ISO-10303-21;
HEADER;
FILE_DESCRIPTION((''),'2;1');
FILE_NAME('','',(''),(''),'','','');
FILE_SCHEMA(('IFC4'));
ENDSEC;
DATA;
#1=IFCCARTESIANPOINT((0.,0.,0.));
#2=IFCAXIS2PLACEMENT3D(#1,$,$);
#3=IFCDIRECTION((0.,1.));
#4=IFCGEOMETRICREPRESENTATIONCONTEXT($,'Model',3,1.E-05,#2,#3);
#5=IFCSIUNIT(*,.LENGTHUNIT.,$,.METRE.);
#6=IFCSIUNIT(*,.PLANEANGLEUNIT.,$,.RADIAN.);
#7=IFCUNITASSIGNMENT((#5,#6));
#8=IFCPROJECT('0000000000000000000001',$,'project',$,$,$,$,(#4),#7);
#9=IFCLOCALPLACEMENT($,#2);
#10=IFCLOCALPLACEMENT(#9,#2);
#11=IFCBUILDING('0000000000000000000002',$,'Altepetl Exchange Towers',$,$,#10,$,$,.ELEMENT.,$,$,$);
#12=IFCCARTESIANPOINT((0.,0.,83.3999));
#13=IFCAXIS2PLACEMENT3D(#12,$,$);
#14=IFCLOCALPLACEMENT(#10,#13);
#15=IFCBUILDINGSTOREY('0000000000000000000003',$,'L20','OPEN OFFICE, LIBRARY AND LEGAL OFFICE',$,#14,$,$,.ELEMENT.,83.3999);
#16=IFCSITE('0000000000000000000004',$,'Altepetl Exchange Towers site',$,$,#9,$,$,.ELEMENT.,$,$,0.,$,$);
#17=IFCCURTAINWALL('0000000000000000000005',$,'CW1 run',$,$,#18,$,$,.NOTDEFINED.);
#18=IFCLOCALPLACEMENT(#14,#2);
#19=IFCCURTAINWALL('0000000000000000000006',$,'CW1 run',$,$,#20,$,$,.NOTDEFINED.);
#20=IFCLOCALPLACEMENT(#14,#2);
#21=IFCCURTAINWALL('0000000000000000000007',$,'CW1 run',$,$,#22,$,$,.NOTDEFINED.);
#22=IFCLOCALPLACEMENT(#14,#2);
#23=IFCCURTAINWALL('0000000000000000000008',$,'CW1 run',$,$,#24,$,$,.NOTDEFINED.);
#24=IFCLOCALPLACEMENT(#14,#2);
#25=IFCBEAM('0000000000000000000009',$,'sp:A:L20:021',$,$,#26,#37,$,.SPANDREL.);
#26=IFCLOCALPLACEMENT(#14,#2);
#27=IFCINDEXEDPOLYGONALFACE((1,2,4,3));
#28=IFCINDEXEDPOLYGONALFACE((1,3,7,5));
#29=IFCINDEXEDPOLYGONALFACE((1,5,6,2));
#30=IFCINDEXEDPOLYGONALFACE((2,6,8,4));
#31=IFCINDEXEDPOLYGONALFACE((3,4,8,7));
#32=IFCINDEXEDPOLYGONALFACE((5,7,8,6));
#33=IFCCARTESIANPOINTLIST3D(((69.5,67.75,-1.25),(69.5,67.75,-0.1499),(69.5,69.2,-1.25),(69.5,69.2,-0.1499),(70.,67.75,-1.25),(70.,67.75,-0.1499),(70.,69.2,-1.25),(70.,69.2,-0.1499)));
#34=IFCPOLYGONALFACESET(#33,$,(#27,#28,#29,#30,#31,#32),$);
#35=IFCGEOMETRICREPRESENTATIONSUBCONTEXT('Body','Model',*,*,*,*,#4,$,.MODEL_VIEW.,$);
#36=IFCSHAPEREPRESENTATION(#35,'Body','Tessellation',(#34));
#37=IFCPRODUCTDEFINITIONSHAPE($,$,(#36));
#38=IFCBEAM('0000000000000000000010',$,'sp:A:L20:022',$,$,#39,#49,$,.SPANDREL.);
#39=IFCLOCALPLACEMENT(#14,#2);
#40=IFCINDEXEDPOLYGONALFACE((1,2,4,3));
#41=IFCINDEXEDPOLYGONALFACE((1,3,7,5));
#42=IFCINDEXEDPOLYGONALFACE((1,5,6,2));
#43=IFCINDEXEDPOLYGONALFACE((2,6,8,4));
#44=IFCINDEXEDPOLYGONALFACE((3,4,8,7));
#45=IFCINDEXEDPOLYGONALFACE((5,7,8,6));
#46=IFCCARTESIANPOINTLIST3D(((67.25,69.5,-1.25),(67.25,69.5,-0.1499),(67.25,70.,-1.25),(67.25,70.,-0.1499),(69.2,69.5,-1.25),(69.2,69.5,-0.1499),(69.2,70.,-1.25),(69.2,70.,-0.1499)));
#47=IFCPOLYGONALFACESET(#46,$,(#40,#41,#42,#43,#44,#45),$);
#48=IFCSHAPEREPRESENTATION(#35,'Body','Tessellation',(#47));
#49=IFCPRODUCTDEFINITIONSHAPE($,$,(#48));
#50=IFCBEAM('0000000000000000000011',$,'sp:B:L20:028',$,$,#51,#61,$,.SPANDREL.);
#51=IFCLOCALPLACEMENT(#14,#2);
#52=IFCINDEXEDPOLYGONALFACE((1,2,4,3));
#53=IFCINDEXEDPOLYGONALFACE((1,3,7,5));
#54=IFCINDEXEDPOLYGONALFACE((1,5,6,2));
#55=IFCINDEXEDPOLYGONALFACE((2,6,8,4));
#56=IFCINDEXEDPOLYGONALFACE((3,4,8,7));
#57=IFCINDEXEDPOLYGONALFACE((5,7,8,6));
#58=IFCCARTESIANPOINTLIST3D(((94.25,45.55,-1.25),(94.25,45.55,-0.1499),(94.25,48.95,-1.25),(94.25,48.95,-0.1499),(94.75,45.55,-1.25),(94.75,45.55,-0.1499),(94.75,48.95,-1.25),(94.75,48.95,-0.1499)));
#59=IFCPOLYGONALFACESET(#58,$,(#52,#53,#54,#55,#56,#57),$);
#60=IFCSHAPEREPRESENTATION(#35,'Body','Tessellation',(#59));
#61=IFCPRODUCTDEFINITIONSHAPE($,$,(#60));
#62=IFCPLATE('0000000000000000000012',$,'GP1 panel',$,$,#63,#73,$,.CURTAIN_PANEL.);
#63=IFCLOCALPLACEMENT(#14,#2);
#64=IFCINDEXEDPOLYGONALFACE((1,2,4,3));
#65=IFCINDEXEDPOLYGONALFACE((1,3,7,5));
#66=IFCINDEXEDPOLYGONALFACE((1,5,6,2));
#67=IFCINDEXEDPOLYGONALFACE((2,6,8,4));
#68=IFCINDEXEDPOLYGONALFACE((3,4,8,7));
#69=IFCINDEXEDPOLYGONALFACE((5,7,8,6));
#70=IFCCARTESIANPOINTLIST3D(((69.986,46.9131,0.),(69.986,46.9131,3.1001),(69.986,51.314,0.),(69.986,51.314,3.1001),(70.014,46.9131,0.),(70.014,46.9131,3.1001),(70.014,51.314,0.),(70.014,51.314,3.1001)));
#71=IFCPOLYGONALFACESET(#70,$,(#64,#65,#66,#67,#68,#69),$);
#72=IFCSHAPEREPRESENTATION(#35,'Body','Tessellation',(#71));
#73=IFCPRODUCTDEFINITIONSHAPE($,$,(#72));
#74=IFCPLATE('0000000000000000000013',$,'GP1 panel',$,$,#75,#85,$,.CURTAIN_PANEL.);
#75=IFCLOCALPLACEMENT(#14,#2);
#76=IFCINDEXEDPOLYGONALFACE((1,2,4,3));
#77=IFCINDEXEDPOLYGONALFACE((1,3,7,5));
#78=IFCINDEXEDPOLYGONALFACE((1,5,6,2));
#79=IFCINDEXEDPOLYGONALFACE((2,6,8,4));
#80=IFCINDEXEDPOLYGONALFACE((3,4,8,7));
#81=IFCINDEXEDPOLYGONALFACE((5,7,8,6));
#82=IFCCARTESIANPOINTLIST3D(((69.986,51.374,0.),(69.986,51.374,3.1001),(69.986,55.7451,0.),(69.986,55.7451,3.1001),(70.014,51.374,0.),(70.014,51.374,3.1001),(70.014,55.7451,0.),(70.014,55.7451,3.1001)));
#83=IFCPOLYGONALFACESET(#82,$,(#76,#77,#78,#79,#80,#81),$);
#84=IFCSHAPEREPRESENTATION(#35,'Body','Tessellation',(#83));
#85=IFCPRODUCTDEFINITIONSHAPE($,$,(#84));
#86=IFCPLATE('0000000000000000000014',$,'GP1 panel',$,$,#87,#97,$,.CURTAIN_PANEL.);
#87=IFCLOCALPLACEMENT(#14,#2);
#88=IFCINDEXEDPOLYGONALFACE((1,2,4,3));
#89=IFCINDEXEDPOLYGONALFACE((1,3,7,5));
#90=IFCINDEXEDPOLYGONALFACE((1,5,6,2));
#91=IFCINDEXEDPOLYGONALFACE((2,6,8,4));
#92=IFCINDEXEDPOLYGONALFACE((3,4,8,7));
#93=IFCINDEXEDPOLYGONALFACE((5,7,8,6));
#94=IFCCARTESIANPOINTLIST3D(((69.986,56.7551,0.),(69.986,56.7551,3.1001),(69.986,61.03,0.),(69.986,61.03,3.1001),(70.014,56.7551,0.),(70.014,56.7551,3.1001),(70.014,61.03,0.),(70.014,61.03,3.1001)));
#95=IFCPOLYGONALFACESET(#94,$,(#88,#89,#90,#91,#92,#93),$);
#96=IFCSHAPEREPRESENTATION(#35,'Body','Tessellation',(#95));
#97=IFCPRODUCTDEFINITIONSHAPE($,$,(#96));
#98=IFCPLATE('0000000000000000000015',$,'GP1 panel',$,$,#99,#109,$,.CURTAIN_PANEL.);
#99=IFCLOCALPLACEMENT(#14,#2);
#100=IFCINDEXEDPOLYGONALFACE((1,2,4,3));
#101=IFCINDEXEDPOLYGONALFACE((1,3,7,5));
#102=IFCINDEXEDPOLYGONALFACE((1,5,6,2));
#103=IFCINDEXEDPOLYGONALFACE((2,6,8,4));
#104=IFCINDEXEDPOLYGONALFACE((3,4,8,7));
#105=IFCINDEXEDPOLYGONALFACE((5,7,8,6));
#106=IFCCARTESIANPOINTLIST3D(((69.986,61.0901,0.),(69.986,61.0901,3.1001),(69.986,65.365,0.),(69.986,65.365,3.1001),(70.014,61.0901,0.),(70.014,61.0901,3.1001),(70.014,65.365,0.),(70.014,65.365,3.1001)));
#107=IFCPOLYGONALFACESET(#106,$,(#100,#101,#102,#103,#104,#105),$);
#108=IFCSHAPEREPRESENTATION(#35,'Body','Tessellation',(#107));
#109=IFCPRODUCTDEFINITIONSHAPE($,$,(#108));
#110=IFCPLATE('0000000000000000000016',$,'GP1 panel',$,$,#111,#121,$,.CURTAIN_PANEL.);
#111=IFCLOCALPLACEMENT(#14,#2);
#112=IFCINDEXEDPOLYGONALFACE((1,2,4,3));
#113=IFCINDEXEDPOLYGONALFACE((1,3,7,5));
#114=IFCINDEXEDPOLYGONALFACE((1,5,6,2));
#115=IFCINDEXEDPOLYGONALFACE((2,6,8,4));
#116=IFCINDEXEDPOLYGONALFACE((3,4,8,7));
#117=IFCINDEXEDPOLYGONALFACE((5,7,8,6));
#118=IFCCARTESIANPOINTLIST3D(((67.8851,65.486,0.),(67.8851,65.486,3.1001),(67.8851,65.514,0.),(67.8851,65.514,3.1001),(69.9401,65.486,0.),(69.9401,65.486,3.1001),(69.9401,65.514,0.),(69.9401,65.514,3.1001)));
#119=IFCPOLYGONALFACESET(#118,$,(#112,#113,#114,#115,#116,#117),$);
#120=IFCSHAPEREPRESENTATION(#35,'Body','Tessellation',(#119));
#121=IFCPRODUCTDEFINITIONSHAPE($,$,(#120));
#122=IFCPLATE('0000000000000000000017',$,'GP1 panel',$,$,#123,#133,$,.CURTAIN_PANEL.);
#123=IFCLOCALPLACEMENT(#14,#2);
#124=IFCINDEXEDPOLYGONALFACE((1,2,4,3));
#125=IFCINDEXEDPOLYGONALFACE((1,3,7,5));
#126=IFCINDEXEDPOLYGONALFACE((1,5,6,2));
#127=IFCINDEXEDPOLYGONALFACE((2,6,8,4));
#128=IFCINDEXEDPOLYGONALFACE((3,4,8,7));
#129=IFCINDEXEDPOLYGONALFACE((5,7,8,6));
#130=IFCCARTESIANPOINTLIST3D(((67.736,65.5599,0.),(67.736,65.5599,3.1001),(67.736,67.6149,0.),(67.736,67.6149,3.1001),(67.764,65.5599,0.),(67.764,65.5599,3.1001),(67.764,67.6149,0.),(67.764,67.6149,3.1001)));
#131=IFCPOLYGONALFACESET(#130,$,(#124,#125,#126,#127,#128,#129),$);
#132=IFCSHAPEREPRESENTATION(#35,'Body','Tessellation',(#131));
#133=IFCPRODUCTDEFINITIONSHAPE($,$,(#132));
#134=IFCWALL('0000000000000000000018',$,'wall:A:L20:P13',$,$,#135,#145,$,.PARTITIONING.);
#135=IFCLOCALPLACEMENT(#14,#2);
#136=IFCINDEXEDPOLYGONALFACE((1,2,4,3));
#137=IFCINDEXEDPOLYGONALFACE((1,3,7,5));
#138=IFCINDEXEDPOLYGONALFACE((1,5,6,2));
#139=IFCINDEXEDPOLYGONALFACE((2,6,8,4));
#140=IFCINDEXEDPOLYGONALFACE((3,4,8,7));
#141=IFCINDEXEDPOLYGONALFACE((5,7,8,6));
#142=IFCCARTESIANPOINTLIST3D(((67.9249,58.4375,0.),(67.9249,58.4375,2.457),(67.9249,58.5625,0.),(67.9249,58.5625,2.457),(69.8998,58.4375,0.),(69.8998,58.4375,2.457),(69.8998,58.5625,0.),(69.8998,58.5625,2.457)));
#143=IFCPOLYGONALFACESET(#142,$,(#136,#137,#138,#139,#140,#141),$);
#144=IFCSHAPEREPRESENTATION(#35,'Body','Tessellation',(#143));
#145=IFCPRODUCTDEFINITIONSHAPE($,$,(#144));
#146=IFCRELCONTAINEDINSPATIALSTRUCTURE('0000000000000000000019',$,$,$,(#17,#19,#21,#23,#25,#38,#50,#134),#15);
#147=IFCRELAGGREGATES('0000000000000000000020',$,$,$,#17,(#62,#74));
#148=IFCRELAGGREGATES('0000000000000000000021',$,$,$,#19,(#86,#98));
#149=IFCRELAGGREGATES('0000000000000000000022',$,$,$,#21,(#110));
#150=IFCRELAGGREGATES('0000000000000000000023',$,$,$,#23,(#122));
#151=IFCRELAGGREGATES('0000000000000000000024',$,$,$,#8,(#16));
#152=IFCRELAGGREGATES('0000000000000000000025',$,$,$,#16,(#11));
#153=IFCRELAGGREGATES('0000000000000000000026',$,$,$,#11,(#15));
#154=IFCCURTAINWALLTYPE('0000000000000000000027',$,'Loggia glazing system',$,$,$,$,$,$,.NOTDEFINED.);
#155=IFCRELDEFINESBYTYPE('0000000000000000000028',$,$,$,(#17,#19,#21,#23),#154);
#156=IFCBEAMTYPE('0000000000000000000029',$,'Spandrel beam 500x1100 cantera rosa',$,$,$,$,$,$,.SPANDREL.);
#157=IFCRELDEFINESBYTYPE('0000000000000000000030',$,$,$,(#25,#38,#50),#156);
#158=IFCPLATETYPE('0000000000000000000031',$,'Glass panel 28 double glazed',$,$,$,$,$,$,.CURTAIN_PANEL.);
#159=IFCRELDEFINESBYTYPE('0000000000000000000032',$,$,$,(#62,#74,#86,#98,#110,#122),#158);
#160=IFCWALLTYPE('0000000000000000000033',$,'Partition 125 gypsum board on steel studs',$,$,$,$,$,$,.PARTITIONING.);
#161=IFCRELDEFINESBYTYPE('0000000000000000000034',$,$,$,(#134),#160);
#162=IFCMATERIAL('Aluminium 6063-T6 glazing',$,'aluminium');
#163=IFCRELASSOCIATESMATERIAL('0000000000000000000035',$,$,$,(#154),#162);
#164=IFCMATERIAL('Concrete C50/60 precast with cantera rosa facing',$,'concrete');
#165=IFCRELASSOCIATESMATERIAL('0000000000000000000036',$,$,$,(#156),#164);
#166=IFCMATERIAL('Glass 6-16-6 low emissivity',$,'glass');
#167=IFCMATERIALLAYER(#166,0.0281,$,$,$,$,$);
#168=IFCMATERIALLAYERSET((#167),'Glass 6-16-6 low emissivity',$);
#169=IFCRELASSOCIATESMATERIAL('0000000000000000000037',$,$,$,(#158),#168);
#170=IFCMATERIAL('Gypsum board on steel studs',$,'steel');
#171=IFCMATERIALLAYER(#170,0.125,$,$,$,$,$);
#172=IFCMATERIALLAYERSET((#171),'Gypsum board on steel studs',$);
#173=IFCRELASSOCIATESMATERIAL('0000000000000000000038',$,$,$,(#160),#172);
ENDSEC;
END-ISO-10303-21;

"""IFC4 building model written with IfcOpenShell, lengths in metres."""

from ifc_helpers import new_model, si_unit, direction, frame, frame_2d, origin, origin_2d, place, context, subcontext, project, spatial, rectangle, extrude, material, layer, layer_set, material_profile, profile_set, type_object, element, aggregate, save


model = new_model("IFC4")

# Units and contexts
model_context = context("Model", 3, precision=1e-05, world=origin(), true_north=direction((0.0, 1.0)))
body_context = subcontext(model_context, "Body", "Model", "MODEL_VIEW")
ifc_project = project(units=[si_unit("LENGTHUNIT", "METRE"), si_unit("PLANEANGLEUNIT", "RADIAN")], contexts=[model_context])

# Site, building, storey
site_placement = place(None, origin())
site = spatial("IfcSite", under=ifc_project, at=site_placement, Name="Altepetl Exchange Towers site", CompositionType="ELEMENT", RefElevation=0.0)
building_placement = place(site_placement, origin())
building = spatial("IfcBuilding", under=site, at=building_placement, Name="Altepetl Exchange Towers", CompositionType="ELEMENT")
storey_placement = place(building_placement, frame((0.0, 0.0, 83.3999)))
storey = spatial("IfcBuildingStorey", under=building, at=storey_placement, Name="L20", Description="OPEN OFFICE, LIBRARY AND LEGAL OFFICE", CompositionType="ELEMENT", Elevation=83.3999)

# Curtain walls
ifc_material_1 = material(Name="Aluminium 6063-T6 glazing", Category="aluminium")
curtain_wall_type = type_object("IfcCurtainWallType", Name="Loggia glazing system", PredefinedType="NOTDEFINED", material=ifc_material_1)
curtain_wall_1_placement = place(storey_placement, origin())
curtain_wall_1 = element("IfcCurtainWall", 1, at=curtain_wall_1_placement, inside=storey, type_object=curtain_wall_type, Name="CW1 run", PredefinedType="NOTDEFINED")
curtain_wall_2_placement = place(storey_placement, origin())
curtain_wall_2 = element("IfcCurtainWall", 2, at=curtain_wall_2_placement, inside=storey, type_object=curtain_wall_type, Name="CW1 run", PredefinedType="NOTDEFINED")
curtain_wall_3_placement = place(storey_placement, origin())
curtain_wall_3 = element("IfcCurtainWall", 3, at=curtain_wall_3_placement, inside=storey, type_object=curtain_wall_type, Name="CW1 run", PredefinedType="NOTDEFINED")
curtain_wall_4_placement = place(storey_placement, origin())
curtain_wall_4 = element("IfcCurtainWall", 4, at=curtain_wall_4_placement, inside=storey, type_object=curtain_wall_type, Name="CW1 run", PredefinedType="NOTDEFINED")

# Beams
ifc_material_2 = material(Name="Concrete C50/60 precast with cantera rosa facing", Category="concrete")
ifc_material_profile_1 = material_profile(ifc_material_2, rectangle(XDim=0.5, YDim=1.1001, at=origin_2d()), Name="500 x 1100")
ifc_profile_set_1 = profile_set([ifc_material_profile_1], Name="Concrete C50/60 precast with cantera rosa facing")
beam_type_1 = type_object("IfcBeamType", Name="Spandrel beam 500x1100 cantera rosa", PredefinedType="SPANDREL", material=ifc_profile_set_1)
beam_1_placement = place(storey_placement, frame((69.75, 67.75, -0.7), z_axis=(0.0, 1.0, 0.0), x_axis=(-1.0, 0.0, 0.0)))
element("IfcBeam", 5, at=beam_1_placement, inside=storey, type_object=beam_type_1, Name="sp:A:L20:021", PredefinedType="SPANDREL", context=body_context, shape_type="SweptSolid", body=[
    extrude(rectangle(XDim=0.5, YDim=1.1001, at=origin_2d()), origin(), (0.0, 0.0, 1.0), 1.45),
])
beam_2_placement = place(storey_placement, frame((69.2, 69.75, -0.7), z_axis=(-1.0, 0.0, 0.0), x_axis=(0.0, -1.0, 0.0)))
element("IfcBeam", 6, at=beam_2_placement, inside=storey, type_object=beam_type_1, Name="sp:A:L20:022", PredefinedType="SPANDREL", context=body_context, shape_type="SweptSolid", body=[
    extrude(rectangle(XDim=0.5, YDim=1.1001, at=origin_2d()), origin(), (0.0, 0.0, 1.0), 1.95),
])
beam_3_placement = place(storey_placement, frame((94.5, 48.95, -0.7), z_axis=(0.0, -1.0, 0.0), x_axis=(1.0, 0.0, 0.0)))
element("IfcBeam", 7, at=beam_3_placement, inside=storey, type_object=beam_type_1, Name="sp:B:L20:028", PredefinedType="SPANDREL", context=body_context, shape_type="SweptSolid", body=[
    extrude(rectangle(XDim=0.5, YDim=1.1001, at=origin_2d()), origin(), (0.0, 0.0, 1.0), 3.3999),
])

# Plates
ifc_material_3 = material(Name="Glass 6-16-6 low emissivity", Category="glass")
ifc_layer_1 = layer(ifc_material_3, 0.0281)
ifc_layer_set_1 = layer_set([ifc_layer_1], Name="Glass 6-16-6 low emissivity")
plate_type = type_object("IfcPlateType", Name="Glass panel 28 double glazed", PredefinedType="CURTAIN_PANEL", material=ifc_layer_set_1)
plate_1_placement = place(storey_placement, frame((70.0, 49.1135, 0.0), z_axis=(0.0, 0.0, 1.0), x_axis=(0.0, 1.0, 0.0)))
plate_1 = element("IfcPlate", 8, at=plate_1_placement, type_object=plate_type, Name="GP1 panel", PredefinedType="CURTAIN_PANEL", context=body_context, shape_type="SweptSolid", body=[
    extrude(rectangle(XDim=4.4009, YDim=0.0281, at=origin_2d()), origin(), (0.0, 0.0, 1.0), 3.1001),
])
plate_2_placement = place(storey_placement, frame((70.0, 53.5596, 0.0), z_axis=(0.0, 0.0, 1.0), x_axis=(0.0, 1.0, 0.0)))
plate_2 = element("IfcPlate", 9, at=plate_2_placement, type_object=plate_type, Name="GP1 panel", PredefinedType="CURTAIN_PANEL", context=body_context, shape_type="SweptSolid", body=[
    extrude(rectangle(XDim=4.3711, YDim=0.0281, at=origin_2d()), origin(), (0.0, 0.0, 1.0), 3.1001),
])
aggregate(curtain_wall_1, [plate_1, plate_2])
plate_3_placement = place(storey_placement, frame((70.0, 58.8926, 0.0), z_axis=(0.0, 0.0, 1.0), x_axis=(0.0, 1.0, 0.0)))
plate_3 = element("IfcPlate", 10, at=plate_3_placement, type_object=plate_type, Name="GP1 panel", PredefinedType="CURTAIN_PANEL", context=body_context, shape_type="SweptSolid", body=[
    extrude(rectangle(XDim=4.2749, YDim=0.0281, at=origin_2d()), origin(), (0.0, 0.0, 1.0), 3.1001),
])
plate_4_placement = place(storey_placement, frame((70.0, 63.2275, 0.0), z_axis=(0.0, 0.0, 1.0), x_axis=(0.0, 1.0, 0.0)))
plate_4 = element("IfcPlate", 11, at=plate_4_placement, type_object=plate_type, Name="GP1 panel", PredefinedType="CURTAIN_PANEL", context=body_context, shape_type="SweptSolid", body=[
    extrude(rectangle(XDim=4.2749, YDim=0.0281, at=origin_2d()), origin(), (0.0, 0.0, 1.0), 3.1001),
])
aggregate(curtain_wall_2, [plate_3, plate_4])
plate_5_placement = place(storey_placement, frame((68.9126, 65.5, 0.0), z_axis=(0.0, 0.0, 1.0), x_axis=(-1.0, 0.0, 0.0)))
plate_5 = element("IfcPlate", 12, at=plate_5_placement, type_object=plate_type, Name="GP1 panel", PredefinedType="CURTAIN_PANEL", context=body_context, shape_type="SweptSolid", body=[
    extrude(rectangle(XDim=2.0549, YDim=0.0281, at=origin_2d()), origin(), (0.0, 0.0, 1.0), 3.1001),
])
aggregate(curtain_wall_3, [plate_5])
plate_6_placement = place(storey_placement, frame((67.75, 66.5874, 0.0), z_axis=(0.0, 0.0, 1.0), x_axis=(0.0, 1.0, 0.0)))
plate_6 = element("IfcPlate", 13, at=plate_6_placement, type_object=plate_type, Name="GP1 panel", PredefinedType="CURTAIN_PANEL", context=body_context, shape_type="SweptSolid", body=[
    extrude(rectangle(XDim=2.0549, YDim=0.0281, at=origin_2d()), origin(), (0.0, 0.0, 1.0), 3.1001),
])
aggregate(curtain_wall_4, [plate_6])

# Wall
ifc_material_4 = material(Name="Gypsum board on steel studs", Category="steel")
ifc_layer_2 = layer(ifc_material_4, 0.125)
ifc_layer_set_2 = layer_set([ifc_layer_2], Name="Gypsum board on steel studs")
wall_type = type_object("IfcWallType", Name="Partition 125 gypsum board on steel studs", PredefinedType="PARTITIONING", material=ifc_layer_set_2)
wall_placement = place(storey_placement, frame((67.925, 58.5, 0.0)))
element("IfcWall", 14, at=wall_placement, inside=storey, type_object=wall_type, Name="wall:A:L20:P13", PredefinedType="PARTITIONING", context=body_context, shape_type="SweptSolid", body=[
    extrude(rectangle(XDim=1.9749, YDim=0.125, at=frame_2d((0.9873, 0.0))), origin(), (0.0, 0.0, 1.0), 2.457),
])

save(model, "model.ifc")
